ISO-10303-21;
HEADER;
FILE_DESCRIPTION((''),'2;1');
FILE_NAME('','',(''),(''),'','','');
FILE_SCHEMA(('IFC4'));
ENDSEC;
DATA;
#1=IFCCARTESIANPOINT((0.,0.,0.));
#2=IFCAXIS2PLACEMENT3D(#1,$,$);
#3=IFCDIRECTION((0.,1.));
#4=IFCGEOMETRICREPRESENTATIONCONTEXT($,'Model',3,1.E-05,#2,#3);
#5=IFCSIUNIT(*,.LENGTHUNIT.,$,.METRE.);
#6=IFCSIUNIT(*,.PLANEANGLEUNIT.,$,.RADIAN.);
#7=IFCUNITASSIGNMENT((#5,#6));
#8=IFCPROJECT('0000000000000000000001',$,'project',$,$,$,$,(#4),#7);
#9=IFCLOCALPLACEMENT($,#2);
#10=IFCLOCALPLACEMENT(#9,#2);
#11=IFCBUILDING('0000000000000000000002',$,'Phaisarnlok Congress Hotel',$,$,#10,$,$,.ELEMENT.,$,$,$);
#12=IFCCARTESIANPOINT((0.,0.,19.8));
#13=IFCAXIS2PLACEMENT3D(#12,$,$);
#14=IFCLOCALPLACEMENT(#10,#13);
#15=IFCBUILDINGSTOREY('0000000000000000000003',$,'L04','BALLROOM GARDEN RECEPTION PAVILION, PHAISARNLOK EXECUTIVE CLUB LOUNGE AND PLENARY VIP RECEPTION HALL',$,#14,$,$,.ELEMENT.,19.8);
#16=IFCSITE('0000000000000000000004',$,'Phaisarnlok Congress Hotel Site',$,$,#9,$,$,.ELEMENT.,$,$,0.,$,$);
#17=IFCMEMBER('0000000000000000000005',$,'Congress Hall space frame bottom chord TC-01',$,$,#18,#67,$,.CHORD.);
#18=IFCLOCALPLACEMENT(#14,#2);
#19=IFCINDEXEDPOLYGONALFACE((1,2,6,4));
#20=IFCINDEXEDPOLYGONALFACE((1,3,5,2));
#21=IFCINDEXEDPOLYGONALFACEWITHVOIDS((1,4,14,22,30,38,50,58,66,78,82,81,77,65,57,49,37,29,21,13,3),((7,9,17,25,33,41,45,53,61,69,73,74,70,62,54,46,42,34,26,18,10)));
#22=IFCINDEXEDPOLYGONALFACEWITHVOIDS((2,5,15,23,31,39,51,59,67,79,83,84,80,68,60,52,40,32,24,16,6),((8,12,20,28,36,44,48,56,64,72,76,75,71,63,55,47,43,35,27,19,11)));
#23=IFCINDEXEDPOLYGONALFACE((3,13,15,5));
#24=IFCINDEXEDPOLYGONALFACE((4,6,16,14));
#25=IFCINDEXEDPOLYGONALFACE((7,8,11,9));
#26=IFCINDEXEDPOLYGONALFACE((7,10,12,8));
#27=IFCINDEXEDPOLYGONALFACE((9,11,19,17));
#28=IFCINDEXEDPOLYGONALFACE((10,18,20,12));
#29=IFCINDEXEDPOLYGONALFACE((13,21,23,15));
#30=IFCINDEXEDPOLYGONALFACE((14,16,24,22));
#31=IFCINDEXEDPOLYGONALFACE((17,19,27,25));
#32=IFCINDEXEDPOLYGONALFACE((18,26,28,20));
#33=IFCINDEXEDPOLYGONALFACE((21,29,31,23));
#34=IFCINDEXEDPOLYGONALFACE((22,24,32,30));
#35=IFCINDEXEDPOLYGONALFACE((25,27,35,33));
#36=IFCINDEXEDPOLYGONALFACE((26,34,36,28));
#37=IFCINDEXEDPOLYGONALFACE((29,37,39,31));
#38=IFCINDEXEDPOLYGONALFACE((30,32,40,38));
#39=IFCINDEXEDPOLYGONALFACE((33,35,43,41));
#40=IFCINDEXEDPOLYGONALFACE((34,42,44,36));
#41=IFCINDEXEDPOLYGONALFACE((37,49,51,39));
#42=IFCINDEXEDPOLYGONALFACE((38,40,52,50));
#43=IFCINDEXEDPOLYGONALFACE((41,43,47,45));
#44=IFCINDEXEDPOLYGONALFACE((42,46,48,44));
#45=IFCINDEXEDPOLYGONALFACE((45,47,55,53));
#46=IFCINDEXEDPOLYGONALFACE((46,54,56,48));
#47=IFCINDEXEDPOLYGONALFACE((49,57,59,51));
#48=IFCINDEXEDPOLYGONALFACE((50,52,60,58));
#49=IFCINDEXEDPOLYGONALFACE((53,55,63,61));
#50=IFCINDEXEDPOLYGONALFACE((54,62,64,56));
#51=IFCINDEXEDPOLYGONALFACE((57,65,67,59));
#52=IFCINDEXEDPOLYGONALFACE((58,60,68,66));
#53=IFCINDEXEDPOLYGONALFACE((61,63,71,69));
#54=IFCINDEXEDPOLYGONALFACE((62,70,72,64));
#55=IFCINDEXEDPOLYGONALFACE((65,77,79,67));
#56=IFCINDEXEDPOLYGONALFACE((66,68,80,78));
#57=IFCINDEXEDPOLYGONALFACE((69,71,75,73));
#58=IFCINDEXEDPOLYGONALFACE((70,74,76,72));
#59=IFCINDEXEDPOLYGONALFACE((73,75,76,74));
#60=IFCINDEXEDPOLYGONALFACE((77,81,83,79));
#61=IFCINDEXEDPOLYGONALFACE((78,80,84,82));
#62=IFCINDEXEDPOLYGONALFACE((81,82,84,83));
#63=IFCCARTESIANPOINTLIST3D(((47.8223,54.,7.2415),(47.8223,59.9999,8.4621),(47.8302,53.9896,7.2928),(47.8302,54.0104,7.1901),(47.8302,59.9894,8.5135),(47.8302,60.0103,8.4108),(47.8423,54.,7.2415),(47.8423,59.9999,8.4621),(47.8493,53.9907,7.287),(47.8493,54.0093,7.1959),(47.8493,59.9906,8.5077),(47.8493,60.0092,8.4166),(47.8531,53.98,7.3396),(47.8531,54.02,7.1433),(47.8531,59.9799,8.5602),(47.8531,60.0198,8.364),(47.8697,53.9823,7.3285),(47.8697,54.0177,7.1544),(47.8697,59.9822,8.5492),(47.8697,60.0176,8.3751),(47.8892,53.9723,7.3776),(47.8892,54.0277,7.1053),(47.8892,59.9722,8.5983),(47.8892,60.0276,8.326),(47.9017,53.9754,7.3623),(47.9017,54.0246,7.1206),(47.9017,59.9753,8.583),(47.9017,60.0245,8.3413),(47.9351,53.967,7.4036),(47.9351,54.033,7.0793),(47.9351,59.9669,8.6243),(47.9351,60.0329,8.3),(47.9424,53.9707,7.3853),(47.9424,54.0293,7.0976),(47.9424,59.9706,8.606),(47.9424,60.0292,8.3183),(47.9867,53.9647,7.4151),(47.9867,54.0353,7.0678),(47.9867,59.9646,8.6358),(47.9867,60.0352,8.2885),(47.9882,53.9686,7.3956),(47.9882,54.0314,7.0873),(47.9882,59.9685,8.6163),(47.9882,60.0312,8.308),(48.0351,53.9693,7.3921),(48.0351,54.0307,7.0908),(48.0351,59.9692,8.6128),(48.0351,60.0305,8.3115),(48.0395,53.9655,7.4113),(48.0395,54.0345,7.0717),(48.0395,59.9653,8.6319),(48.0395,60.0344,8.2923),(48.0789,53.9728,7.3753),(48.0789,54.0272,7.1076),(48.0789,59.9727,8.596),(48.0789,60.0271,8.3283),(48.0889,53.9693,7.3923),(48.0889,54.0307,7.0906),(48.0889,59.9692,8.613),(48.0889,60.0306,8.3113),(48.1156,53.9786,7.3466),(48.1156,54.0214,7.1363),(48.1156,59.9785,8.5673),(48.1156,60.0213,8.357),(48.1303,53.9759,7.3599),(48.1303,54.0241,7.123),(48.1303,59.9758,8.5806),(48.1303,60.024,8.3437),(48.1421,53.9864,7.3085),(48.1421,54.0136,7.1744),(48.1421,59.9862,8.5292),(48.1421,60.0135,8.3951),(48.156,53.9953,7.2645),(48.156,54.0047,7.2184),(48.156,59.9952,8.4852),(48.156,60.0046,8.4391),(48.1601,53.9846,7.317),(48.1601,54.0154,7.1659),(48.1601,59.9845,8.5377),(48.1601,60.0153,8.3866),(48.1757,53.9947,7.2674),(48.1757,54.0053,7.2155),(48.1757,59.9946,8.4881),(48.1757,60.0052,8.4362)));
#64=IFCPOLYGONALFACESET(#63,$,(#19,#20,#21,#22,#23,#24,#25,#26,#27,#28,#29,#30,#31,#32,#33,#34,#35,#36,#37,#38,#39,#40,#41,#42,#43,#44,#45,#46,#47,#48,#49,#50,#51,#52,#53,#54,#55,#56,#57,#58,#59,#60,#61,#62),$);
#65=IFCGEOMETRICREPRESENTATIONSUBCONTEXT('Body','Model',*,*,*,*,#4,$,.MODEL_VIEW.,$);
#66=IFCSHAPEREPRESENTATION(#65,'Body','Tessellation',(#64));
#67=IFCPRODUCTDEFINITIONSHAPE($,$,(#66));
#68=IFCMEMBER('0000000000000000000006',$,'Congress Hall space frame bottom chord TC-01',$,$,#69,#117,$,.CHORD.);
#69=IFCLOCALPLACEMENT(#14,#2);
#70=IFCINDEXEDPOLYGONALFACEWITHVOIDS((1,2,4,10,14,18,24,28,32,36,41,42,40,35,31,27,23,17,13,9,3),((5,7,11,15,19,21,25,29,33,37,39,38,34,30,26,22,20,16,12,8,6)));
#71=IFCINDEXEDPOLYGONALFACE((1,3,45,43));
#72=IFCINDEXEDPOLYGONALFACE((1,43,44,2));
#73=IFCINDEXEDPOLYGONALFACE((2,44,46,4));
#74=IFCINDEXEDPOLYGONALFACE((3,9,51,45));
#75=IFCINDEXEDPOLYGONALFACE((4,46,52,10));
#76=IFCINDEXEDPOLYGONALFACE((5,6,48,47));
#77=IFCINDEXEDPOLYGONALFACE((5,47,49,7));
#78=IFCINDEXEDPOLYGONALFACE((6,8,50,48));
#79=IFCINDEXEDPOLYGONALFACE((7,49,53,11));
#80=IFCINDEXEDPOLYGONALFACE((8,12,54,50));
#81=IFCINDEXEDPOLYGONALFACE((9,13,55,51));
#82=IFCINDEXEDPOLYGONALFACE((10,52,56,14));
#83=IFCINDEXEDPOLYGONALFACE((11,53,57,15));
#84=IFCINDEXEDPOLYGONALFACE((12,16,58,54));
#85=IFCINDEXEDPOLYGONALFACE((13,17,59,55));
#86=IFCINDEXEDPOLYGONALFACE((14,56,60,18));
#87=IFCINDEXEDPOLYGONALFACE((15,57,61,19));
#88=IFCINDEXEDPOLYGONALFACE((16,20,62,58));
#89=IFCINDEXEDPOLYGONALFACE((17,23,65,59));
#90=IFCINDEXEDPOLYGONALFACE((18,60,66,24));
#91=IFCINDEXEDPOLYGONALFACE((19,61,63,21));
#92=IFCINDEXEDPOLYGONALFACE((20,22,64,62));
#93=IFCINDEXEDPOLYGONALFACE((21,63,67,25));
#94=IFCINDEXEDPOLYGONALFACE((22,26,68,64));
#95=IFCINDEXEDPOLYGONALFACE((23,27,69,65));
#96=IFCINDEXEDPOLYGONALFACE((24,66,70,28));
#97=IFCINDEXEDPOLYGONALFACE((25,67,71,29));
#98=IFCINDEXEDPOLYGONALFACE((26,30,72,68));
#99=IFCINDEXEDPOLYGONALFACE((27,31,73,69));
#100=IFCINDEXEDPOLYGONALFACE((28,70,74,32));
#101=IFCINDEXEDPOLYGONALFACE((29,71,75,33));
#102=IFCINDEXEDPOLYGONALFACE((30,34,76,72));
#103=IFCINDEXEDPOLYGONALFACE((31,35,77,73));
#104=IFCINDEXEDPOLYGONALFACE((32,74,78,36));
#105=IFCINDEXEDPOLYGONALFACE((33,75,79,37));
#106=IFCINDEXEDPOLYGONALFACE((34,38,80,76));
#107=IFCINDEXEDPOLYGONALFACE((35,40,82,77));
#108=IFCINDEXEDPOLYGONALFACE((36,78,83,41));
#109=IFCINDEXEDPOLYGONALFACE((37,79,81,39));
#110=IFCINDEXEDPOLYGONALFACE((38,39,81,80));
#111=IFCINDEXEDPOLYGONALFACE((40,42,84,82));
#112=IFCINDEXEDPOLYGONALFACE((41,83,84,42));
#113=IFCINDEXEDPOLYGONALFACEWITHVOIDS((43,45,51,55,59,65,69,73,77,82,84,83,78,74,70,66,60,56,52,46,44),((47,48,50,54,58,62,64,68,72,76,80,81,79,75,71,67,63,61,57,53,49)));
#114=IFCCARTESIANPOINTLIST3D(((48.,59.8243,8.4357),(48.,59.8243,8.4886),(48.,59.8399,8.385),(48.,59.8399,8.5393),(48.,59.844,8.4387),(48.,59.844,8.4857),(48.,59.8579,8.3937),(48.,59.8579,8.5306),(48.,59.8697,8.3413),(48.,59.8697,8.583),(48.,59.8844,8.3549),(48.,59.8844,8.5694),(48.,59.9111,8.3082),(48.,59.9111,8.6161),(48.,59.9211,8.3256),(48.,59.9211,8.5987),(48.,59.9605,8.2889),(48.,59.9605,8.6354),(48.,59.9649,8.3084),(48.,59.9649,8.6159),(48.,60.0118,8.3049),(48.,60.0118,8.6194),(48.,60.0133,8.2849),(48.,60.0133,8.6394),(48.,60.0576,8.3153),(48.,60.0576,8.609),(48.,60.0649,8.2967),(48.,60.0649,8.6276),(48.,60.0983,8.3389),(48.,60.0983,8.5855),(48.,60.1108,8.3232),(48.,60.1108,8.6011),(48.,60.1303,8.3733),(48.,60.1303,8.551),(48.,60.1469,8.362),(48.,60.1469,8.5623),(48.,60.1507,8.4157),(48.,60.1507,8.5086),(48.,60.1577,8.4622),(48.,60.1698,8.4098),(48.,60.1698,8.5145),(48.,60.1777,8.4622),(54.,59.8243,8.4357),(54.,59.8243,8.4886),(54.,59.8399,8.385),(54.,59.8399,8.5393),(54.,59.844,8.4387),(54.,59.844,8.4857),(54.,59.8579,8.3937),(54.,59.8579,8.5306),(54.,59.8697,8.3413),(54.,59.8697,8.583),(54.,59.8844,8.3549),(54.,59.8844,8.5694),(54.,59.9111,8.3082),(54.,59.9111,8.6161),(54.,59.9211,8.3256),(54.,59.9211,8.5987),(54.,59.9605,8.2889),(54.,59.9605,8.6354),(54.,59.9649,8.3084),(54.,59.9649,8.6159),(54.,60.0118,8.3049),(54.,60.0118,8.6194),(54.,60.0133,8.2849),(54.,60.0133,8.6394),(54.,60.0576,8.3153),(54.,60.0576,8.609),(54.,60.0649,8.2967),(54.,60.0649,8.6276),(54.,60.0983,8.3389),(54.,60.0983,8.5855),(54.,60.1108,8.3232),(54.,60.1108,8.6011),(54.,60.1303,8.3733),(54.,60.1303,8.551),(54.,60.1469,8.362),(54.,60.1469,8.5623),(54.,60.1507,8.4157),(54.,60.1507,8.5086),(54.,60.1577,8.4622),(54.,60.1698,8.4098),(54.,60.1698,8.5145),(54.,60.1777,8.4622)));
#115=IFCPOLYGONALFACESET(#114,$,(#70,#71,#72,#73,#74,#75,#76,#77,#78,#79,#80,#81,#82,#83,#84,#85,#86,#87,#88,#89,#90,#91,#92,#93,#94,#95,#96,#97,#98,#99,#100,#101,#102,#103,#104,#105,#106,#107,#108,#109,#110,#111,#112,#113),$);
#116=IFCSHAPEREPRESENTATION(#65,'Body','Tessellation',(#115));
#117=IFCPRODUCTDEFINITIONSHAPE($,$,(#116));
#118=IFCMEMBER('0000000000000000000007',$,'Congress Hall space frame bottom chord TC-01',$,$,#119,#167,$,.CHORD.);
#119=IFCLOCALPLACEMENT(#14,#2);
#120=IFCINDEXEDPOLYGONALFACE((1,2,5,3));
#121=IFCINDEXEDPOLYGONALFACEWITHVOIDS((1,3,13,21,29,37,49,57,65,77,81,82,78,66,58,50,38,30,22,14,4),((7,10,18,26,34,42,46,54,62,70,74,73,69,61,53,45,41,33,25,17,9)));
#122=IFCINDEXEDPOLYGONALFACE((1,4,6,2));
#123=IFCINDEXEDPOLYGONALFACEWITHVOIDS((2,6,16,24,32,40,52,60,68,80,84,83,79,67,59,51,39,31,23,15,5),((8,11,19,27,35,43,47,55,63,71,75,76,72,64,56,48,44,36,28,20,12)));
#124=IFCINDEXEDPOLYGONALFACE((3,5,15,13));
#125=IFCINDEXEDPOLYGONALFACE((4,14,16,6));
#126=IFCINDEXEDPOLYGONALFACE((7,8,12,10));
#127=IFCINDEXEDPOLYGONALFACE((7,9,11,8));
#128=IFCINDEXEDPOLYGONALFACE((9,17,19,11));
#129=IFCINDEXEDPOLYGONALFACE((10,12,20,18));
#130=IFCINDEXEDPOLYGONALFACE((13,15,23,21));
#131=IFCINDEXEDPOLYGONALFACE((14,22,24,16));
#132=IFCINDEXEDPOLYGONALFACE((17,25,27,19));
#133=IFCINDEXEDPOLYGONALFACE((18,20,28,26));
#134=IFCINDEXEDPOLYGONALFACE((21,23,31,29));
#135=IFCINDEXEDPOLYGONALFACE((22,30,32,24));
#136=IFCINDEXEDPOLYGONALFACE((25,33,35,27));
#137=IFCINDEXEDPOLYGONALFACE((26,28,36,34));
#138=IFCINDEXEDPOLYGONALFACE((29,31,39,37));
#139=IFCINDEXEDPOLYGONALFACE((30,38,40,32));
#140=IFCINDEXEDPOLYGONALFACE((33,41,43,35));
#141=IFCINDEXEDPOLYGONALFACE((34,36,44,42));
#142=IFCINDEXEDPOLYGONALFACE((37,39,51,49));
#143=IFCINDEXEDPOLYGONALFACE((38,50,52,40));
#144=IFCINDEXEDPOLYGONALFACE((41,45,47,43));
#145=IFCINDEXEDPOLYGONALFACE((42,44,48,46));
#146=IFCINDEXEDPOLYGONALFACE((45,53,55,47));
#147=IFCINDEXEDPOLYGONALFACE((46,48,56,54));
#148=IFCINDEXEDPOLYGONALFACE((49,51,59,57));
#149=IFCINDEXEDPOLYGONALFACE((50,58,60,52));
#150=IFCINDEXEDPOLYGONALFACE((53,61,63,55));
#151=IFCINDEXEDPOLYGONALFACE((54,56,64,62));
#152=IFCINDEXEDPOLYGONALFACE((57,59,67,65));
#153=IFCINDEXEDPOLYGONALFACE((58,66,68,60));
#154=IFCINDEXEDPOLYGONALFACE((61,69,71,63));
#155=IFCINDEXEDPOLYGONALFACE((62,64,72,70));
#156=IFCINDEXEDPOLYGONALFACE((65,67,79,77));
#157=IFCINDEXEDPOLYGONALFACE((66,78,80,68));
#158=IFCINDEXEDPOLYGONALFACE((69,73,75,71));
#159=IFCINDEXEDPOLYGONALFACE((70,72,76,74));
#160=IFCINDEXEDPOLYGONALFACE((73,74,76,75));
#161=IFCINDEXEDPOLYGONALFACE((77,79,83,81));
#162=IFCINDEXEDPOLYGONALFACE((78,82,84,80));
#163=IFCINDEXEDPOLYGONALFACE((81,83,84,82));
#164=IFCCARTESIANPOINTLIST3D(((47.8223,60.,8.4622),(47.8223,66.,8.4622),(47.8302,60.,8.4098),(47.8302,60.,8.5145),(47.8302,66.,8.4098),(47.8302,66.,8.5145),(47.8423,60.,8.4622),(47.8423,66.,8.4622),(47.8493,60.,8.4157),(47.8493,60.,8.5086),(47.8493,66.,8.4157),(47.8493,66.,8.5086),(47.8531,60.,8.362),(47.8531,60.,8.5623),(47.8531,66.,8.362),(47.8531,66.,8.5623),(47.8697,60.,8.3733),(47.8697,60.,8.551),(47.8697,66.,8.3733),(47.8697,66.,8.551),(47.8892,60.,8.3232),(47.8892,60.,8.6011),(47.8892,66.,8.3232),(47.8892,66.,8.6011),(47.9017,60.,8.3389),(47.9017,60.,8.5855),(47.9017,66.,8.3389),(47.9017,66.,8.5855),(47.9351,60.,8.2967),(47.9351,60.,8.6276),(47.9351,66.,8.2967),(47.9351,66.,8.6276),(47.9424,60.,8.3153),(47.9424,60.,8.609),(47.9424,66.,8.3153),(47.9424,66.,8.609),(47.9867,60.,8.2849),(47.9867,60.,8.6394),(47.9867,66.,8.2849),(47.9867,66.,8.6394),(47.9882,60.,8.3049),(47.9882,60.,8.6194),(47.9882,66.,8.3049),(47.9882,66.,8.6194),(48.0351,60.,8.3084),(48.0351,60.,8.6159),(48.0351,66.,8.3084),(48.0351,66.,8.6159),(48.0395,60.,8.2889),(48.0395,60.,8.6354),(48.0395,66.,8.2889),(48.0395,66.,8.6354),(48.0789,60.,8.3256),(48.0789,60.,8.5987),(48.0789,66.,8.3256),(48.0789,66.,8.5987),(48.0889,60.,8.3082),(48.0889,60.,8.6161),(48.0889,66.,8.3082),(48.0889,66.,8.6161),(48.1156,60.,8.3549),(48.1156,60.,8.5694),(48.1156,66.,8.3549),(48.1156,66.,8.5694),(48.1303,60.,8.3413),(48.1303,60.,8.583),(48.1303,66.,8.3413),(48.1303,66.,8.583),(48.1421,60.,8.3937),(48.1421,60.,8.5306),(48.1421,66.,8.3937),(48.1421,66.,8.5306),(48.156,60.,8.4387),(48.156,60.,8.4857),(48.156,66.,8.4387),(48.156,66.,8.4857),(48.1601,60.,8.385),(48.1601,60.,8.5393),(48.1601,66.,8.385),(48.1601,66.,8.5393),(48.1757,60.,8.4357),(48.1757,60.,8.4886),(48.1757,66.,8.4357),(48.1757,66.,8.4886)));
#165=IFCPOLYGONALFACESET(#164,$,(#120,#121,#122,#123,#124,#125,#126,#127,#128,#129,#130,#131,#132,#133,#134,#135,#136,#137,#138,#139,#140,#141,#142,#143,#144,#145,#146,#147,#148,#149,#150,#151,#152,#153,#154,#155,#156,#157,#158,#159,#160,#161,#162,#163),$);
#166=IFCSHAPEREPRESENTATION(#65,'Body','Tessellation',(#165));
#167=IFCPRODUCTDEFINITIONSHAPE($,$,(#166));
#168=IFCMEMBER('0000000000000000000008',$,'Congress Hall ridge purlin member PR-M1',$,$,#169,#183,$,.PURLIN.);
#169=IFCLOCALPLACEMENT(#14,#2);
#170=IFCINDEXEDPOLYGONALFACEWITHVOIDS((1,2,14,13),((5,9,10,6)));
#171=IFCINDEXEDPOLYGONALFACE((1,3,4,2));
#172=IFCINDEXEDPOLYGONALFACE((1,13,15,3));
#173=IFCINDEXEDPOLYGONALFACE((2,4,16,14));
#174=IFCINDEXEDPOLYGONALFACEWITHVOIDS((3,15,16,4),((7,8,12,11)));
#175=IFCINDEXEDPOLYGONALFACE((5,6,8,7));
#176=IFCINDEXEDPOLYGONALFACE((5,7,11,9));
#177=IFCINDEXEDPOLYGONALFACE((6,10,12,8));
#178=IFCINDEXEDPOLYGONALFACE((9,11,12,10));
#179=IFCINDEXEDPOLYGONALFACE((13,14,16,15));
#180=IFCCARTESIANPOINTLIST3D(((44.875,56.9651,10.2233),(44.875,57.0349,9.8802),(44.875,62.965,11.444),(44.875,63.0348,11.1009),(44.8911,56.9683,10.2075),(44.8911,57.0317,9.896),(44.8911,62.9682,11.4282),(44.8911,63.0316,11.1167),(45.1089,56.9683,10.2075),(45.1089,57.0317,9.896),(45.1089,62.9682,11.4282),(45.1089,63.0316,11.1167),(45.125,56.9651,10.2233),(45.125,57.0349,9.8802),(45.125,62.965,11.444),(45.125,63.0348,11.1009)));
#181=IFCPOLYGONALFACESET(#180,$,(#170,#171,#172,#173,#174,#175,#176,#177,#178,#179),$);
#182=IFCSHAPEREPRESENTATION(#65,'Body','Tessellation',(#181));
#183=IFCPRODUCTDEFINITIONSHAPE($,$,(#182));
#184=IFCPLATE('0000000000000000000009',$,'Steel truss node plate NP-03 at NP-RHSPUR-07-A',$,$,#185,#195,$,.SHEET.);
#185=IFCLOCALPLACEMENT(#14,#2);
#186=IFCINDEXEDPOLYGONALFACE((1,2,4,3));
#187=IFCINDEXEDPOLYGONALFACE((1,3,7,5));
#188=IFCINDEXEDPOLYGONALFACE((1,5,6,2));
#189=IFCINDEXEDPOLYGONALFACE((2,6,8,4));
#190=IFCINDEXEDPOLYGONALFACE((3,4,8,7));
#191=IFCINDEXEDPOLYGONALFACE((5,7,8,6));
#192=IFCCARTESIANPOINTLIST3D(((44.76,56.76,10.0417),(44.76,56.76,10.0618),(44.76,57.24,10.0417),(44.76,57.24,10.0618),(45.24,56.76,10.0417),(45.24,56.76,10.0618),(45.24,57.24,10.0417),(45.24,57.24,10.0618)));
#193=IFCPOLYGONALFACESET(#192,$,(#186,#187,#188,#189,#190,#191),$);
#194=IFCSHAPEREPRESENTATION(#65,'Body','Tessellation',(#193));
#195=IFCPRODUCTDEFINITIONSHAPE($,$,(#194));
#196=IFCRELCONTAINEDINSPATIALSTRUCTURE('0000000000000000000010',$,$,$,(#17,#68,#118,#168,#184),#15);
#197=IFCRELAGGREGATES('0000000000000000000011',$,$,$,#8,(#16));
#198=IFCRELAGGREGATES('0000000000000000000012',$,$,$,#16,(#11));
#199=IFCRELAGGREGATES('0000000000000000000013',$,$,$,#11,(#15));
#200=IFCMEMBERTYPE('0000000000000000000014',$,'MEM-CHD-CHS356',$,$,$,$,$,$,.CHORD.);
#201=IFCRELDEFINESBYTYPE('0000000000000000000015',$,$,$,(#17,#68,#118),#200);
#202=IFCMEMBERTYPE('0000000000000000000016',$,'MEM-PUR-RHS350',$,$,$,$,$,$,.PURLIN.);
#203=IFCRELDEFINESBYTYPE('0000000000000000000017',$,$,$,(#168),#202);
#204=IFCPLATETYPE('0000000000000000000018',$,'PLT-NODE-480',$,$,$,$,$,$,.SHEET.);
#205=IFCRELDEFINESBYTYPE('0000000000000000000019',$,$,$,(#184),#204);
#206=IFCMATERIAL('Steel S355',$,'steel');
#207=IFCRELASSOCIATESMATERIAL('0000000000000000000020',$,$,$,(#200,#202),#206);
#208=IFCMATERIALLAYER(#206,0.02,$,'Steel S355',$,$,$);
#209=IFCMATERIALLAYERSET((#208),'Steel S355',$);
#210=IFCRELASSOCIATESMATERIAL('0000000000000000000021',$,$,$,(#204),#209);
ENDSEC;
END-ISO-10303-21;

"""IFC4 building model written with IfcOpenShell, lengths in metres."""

from ifc_helpers import new_model, si_unit, direction, frame, origin, origin_2d, place, context, subcontext, project, spatial, rectangle, hollow_rectangle, hollow_circle, extrude, material, layer, layer_set, material_profile, profile_set, type_object, element, save


model = new_model("IFC4")

# Units and contexts
model_context = context("Model", 3, precision=1e-05, world=origin(), true_north=direction((0.0, 1.0)))
body_context = subcontext(model_context, "Body", "Model", "MODEL_VIEW")
ifc_project = project(units=[si_unit("LENGTHUNIT", "METRE"), si_unit("PLANEANGLEUNIT", "RADIAN")], contexts=[model_context])

# Site, building, storey
site_placement = place(None, origin())
site = spatial("IfcSite", under=ifc_project, at=site_placement, Name="Phaisarnlok Congress Hotel Site", CompositionType="ELEMENT", RefElevation=0.0)
building_placement = place(site_placement, origin())
building = spatial("IfcBuilding", under=site, at=building_placement, Name="Phaisarnlok Congress Hotel", CompositionType="ELEMENT")
storey_placement = place(building_placement, frame((0.0, 0.0, 19.8)))
storey = spatial("IfcBuildingStorey", under=building, at=storey_placement, Name="L04", Description="BALLROOM GARDEN RECEPTION PAVILION, PHAISARNLOK EXECUTIVE CLUB LOUNGE AND PLENARY VIP RECEPTION HALL", CompositionType="ELEMENT", Elevation=19.8)

# Members
ifc_material = material(Name="Steel S355", Category="steel")
ifc_material_profile_1 = material_profile(ifc_material, hollow_circle(Radius=0.1777, WallThickness=0.02, at=origin_2d()), Name="CHS 355.6x20")
ifc_profile_set_1 = profile_set([ifc_material_profile_1], Name="Steel S355")
member_type_1 = type_object("IfcMemberType", Name="MEM-CHD-CHS356", PredefinedType="CHORD", material=ifc_profile_set_1)
member_1_placement = place(storey_placement, frame((48.0, 54.0, 7.2415), z_axis=(0.0, 0.979925, 0.199366), x_axis=(-1.0, 0.0, 0.0)))
element("IfcMember", 1, at=member_1_placement, inside=storey, type_object=member_type_1, Name="Congress Hall space frame bottom chord TC-01", PredefinedType="CHORD", context=body_context, shape_type="SweptSolid", body=[
    extrude(hollow_circle(Radius=0.1777, WallThickness=0.02, at=origin_2d()), origin(), (0.0, 0.0, 1.0), 6.1228),
])
for number, where, z_axis, x_axis, name in (
    (2, (48.0, 60.0, 8.4622), (1.0, 0.0, 0.0), (0.0, 1.0, 0.0), "Congress Hall space frame bottom chord TC-01"),
    (3, (48.0, 60.0, 8.4622), (0.0, 1.0, 0.0), (-1.0, 0.0, 0.0), "Congress Hall space frame bottom chord TC-01"),
):
    element("IfcMember", number, at=place(storey_placement, frame(where, z_axis=z_axis, x_axis=x_axis)), inside=storey, type_object=member_type_1, Name=name, PredefinedType="CHORD", context=body_context, shape_type="SweptSolid", body=[
        extrude(hollow_circle(Radius=0.1777, WallThickness=0.02, at=origin_2d()), origin(), (0.0, 0.0, 1.0), 6.0),
    ])
ifc_material_profile_2 = material_profile(ifc_material, hollow_rectangle(XDim=0.25, YDim=0.3501, WallThickness=0.0161, at=origin_2d()), Name="RHS 350x250x16")
ifc_profile_set_2 = profile_set([ifc_material_profile_2], Name="Steel S355")
member_type_2 = type_object("IfcMemberType", Name="MEM-PUR-RHS350", PredefinedType="PURLIN", material=ifc_profile_set_2)
member_2_placement = place(storey_placement, frame((45.0, 57.0, 10.0518), z_axis=(0.0, 0.979925, 0.199366), x_axis=(-1.0, 0.0, 0.0)))
element("IfcMember", 4, at=member_2_placement, inside=storey, type_object=member_type_2, Name="Congress Hall ridge purlin member PR-M1", PredefinedType="PURLIN", context=body_context, shape_type="SweptSolid", body=[
    extrude(hollow_rectangle(XDim=0.25, YDim=0.3501, WallThickness=0.0161, at=origin_2d()), origin(), (0.0, 0.0, 1.0), 6.1228),
])

# Plate
ifc_layer_1 = layer(ifc_material, 0.02, Name="Steel S355")
ifc_layer_set_1 = layer_set([ifc_layer_1], Name="Steel S355")
plate_type_1 = type_object("IfcPlateType", Name="PLT-NODE-480", PredefinedType="SHEET", material=ifc_layer_set_1)
for number, where, z_axis, x_axis, name in (
    (5, (45.0, 57.0, 10.0417), (0.0, 0.0, 1.0), (1.0, 0.0, 0.0), "Steel truss node plate NP-03 at NP-RHSPUR-07-A"),
):
    element("IfcPlate", number, at=place(storey_placement, frame(where, z_axis=z_axis, x_axis=x_axis)), inside=storey, type_object=plate_type_1, Name=name, PredefinedType="SHEET", context=body_context, shape_type="SweptSolid", body=[
        extrude(rectangle(XDim=0.48, YDim=0.48, at=origin_2d()), origin(), (0.0, 0.0, 1.0), 0.02),
    ])

save(model, "model.ifc")
